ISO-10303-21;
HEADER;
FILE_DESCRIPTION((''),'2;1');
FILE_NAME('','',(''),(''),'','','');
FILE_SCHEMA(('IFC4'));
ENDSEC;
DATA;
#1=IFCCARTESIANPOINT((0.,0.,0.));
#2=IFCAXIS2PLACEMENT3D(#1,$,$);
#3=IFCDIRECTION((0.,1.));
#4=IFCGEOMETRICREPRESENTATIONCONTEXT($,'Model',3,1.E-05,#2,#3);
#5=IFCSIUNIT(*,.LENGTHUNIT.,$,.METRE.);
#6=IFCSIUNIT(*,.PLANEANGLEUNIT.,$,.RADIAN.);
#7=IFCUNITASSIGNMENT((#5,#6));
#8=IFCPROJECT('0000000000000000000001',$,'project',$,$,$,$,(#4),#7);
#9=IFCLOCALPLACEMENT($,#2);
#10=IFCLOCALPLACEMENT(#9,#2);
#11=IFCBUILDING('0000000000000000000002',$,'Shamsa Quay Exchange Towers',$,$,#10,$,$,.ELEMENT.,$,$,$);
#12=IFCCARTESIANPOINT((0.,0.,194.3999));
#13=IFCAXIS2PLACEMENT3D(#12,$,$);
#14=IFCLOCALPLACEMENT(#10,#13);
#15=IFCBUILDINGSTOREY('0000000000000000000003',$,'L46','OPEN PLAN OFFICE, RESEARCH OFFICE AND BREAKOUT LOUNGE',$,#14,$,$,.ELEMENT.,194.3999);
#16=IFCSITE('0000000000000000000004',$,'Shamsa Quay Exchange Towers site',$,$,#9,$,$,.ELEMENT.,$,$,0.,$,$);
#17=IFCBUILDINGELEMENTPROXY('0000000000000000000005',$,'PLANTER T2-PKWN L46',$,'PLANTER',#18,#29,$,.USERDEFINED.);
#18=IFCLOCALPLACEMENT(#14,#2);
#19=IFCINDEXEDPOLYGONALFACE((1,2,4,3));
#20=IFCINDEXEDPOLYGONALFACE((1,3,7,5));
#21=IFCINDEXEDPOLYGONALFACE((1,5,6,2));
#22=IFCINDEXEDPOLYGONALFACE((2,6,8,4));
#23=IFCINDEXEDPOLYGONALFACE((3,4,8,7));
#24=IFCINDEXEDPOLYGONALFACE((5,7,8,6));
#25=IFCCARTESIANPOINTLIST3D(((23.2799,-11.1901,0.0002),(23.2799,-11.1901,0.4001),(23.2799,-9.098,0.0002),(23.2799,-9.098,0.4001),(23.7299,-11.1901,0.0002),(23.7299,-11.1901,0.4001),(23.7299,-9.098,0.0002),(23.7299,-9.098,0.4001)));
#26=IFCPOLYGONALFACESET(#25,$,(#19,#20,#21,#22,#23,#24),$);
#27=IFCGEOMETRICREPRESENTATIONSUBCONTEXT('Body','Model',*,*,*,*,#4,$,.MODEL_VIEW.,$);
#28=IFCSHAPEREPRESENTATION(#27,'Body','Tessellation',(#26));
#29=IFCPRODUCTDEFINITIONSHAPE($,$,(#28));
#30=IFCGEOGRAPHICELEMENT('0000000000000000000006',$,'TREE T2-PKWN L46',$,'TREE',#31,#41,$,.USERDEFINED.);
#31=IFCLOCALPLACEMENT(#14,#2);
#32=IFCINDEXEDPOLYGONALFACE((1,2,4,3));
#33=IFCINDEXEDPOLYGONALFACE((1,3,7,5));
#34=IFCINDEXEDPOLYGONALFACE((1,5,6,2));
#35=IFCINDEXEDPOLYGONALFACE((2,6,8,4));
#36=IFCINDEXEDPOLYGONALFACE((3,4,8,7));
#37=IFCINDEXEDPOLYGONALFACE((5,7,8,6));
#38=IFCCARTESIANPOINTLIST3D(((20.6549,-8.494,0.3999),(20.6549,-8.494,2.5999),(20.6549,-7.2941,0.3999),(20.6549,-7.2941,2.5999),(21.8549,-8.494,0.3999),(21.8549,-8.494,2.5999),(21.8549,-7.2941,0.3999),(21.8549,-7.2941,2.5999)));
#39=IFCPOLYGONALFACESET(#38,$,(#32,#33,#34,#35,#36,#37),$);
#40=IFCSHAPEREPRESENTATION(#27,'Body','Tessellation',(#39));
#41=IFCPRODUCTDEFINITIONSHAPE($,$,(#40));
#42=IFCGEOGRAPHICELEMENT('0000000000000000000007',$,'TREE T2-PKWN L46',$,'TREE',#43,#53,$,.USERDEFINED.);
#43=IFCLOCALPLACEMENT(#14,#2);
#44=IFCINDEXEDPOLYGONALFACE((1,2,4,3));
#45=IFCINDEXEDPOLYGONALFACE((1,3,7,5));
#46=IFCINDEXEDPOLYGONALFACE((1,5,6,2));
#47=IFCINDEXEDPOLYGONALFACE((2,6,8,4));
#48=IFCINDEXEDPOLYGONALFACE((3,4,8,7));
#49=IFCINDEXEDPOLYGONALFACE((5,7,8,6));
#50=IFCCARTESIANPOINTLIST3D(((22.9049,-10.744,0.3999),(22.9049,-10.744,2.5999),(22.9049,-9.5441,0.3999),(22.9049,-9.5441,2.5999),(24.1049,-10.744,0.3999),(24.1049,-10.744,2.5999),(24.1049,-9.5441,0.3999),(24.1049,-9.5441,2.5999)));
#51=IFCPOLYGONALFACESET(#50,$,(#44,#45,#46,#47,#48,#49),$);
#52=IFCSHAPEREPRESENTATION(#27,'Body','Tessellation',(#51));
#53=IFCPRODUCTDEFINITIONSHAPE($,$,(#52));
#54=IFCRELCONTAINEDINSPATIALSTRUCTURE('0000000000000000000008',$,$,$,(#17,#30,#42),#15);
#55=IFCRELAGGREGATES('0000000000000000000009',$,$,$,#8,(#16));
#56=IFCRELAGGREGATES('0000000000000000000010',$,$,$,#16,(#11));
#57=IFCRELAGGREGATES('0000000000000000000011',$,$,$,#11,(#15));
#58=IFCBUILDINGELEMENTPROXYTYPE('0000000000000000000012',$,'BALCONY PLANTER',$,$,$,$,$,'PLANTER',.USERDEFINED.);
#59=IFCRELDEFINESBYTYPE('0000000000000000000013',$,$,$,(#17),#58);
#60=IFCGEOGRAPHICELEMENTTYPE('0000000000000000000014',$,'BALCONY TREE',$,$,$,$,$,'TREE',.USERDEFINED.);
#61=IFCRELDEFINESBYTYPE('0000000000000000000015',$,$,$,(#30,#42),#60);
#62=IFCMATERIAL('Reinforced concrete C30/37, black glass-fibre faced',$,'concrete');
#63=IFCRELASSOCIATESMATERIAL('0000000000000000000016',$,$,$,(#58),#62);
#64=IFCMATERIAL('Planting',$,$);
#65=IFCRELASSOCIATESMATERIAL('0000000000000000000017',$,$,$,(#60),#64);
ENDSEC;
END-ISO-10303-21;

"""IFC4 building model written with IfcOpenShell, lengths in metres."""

from ifc_helpers import new_model, si_unit, direction, frame, origin, origin_2d, place, context, subcontext, project, spatial, rectangle, extrude, material, type_object, element, save


model = new_model("IFC4")

# Units and contexts
model_context = context("Model", 3, precision=1e-05, world=origin(), true_north=direction((0.0, 1.0)))
body_context = subcontext(model_context, "Body", "Model", "MODEL_VIEW")
ifc_project = project(units=[si_unit("LENGTHUNIT", "METRE"), si_unit("PLANEANGLEUNIT", "RADIAN")], contexts=[model_context])

# Site, building, storey
site_placement = place(None, origin())
site = spatial("IfcSite", under=ifc_project, at=site_placement, Name="Shamsa Quay Exchange Towers site", CompositionType="ELEMENT", RefElevation=0.0)
building_placement = place(site_placement, origin())
building = spatial("IfcBuilding", under=site, at=building_placement, Name="Shamsa Quay Exchange Towers", CompositionType="ELEMENT")
storey_placement = place(building_placement, frame((0.0, 0.0, 194.3999)))
storey = spatial("IfcBuildingStorey", under=building, at=storey_placement, Name="L46", Description="OPEN PLAN OFFICE, RESEARCH OFFICE AND BREAKOUT LOUNGE", CompositionType="ELEMENT", Elevation=194.3999)

# Building element proxy
ifc_material_1 = material(Name="Reinforced concrete C30/37, black glass-fibre faced", Category="concrete")
building_element_proxy_type = type_object("IfcBuildingElementProxyType", Name="BALCONY PLANTER", ElementType="PLANTER", PredefinedType="USERDEFINED", material=ifc_material_1)
for number, where, z_axis, x_axis, name in (
    (1, (23.5049, -10.144, 0.0002), (0.0, 0.0, 1.0), (0.0, -1.0, 0.0), "PLANTER T2-PKWN L46"),
):
    element("IfcBuildingElementProxy", number, at=place(storey_placement, frame(where, z_axis=z_axis, x_axis=x_axis)), inside=storey, type_object=building_element_proxy_type, Name=name, ObjectType="PLANTER", PredefinedType="USERDEFINED", context=body_context, shape_type="SweptSolid", body=[
        extrude(rectangle(XDim=2.092, YDim=0.45, at=origin_2d()), origin(), (0.0, 0.0, 1.0), 0.3999),
    ])

# Geographic elements
ifc_material_2 = material(Name="Planting")
geographic_element_type = type_object("IfcGeographicElementType", Name="BALCONY TREE", ElementType="TREE", PredefinedType="USERDEFINED", material=ifc_material_2)
for number, where, z_axis, x_axis, name in (
    (2, (21.2549, -7.894, 0.3999), (0.0, 0.0, 1.0), (0.0, -1.0, 0.0), "TREE T2-PKWN L46"),
    (3, (23.5049, -10.144, 0.3999), (0.0, 0.0, 1.0), (0.0, -1.0, 0.0), "TREE T2-PKWN L46"),
):
    element("IfcGeographicElement", number, at=place(storey_placement, frame(where, z_axis=z_axis, x_axis=x_axis)), inside=storey, type_object=geographic_element_type, Name=name, ObjectType="TREE", PredefinedType="USERDEFINED", context=body_context, shape_type="SweptSolid", body=[
        extrude(rectangle(XDim=1.2, YDim=1.2, at=origin_2d()), origin(), (0.0, 0.0, 1.0), 2.2),
    ])

save(model, "model.ifc")
